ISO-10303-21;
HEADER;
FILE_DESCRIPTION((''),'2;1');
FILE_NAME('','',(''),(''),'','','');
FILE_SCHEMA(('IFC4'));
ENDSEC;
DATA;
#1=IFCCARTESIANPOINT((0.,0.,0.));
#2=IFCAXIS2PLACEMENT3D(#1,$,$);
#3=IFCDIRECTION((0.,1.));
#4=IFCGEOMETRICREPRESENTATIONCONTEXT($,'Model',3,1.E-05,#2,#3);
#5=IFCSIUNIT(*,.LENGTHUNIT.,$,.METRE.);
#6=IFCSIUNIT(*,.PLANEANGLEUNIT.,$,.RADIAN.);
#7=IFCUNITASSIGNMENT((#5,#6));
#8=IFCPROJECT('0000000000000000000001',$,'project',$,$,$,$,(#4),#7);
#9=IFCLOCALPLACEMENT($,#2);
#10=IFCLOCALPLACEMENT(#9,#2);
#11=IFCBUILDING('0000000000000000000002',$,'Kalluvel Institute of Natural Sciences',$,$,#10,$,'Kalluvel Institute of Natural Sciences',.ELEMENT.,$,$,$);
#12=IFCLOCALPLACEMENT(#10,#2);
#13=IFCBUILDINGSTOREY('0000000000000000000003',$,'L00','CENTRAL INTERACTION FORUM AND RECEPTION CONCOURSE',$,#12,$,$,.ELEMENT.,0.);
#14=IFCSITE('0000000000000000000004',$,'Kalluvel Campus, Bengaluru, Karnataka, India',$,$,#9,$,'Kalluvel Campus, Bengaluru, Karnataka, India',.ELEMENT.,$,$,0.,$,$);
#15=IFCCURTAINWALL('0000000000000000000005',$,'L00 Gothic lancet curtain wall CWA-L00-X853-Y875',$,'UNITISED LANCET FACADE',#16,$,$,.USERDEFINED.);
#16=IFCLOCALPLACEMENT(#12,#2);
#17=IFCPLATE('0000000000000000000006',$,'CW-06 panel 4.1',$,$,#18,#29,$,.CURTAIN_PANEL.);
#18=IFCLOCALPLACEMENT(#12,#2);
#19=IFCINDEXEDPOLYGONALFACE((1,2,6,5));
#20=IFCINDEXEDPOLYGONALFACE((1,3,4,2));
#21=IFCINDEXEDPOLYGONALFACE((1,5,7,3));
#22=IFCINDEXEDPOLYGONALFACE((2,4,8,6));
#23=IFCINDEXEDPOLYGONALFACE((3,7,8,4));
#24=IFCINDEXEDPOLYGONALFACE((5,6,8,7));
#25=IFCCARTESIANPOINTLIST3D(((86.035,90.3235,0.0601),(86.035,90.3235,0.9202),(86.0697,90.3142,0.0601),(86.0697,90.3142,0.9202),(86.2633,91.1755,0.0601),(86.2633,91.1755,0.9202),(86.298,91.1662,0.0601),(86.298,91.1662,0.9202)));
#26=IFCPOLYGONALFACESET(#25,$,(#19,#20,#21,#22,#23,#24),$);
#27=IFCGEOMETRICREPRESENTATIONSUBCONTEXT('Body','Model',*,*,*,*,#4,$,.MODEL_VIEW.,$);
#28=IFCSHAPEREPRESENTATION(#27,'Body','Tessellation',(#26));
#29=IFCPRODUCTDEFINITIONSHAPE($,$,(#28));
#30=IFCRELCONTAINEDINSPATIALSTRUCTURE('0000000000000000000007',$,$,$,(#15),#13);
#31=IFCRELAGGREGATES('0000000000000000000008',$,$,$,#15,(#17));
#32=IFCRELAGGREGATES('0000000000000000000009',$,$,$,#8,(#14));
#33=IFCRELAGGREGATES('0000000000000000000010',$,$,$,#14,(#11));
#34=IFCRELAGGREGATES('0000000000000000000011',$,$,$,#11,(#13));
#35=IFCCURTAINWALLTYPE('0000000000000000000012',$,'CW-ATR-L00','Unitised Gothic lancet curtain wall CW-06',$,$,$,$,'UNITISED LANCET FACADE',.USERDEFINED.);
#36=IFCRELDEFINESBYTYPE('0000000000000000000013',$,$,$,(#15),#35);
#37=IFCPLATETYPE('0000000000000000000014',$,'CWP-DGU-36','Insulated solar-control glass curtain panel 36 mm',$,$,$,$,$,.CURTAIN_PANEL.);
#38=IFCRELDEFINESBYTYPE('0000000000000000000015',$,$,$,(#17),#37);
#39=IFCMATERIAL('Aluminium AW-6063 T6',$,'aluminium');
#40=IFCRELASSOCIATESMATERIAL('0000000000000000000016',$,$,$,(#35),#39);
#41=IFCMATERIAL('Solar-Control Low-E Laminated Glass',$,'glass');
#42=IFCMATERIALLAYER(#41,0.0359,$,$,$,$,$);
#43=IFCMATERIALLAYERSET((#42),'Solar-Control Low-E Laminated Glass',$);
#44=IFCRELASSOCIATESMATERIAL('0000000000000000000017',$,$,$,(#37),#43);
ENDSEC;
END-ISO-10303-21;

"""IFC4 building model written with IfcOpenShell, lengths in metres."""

from ifc_helpers import new_model, si_unit, direction, frame, origin, origin_2d, place, context, subcontext, project, spatial, rectangle, extrude, material, layer, layer_set, type_object, element, aggregate, save


model = new_model("IFC4")

# Units and contexts
model_context = context("Model", 3, precision=1e-05, world=origin(), true_north=direction((0.0, 1.0)))
body_context = subcontext(model_context, "Body", "Model", "MODEL_VIEW")
ifc_project = project(units=[si_unit("LENGTHUNIT", "METRE"), si_unit("PLANEANGLEUNIT", "RADIAN")], contexts=[model_context])

# Site, building, storey
site_placement = place(None, origin())
site = spatial("IfcSite", under=ifc_project, at=site_placement, Name="Kalluvel Campus, Bengaluru, Karnataka, India", LongName="Kalluvel Campus, Bengaluru, Karnataka, India", CompositionType="ELEMENT", RefElevation=0.0)
building_placement = place(site_placement, origin())
building = spatial("IfcBuilding", under=site, at=building_placement, Name="Kalluvel Institute of Natural Sciences", LongName="Kalluvel Institute of Natural Sciences", CompositionType="ELEMENT")
storey_placement = place(building_placement, origin())
storey = spatial("IfcBuildingStorey", under=building, at=storey_placement, Name="L00", Description="CENTRAL INTERACTION FORUM AND RECEPTION CONCOURSE", CompositionType="ELEMENT", Elevation=0.0)

# Curtain wall
ifc_material_1 = material(Name="Aluminium AW-6063 T6", Category="aluminium")
curtain_wall_type = type_object("IfcCurtainWallType", Name="CW-ATR-L00", Description="Unitised Gothic lancet curtain wall CW-06", ElementType="UNITISED LANCET FACADE", PredefinedType="USERDEFINED", material=ifc_material_1)
curtain_wall_1_placement = place(storey_placement, origin())
curtain_wall_1 = element("IfcCurtainWall", 1, at=curtain_wall_1_placement, inside=storey, type_object=curtain_wall_type, Name="L00 Gothic lancet curtain wall CWA-L00-X853-Y875", ObjectType="UNITISED LANCET FACADE", PredefinedType="USERDEFINED")

# Plate
ifc_material_2 = material(Name="Solar-Control Low-E Laminated Glass", Category="glass")
ifc_layer = layer(ifc_material_2, 0.0359)
ifc_layer_set = layer_set([ifc_layer], Name="Solar-Control Low-E Laminated Glass")
plate_type = type_object("IfcPlateType", Name="CWP-DGU-36", Description="Insulated solar-control glass curtain panel 36 mm", PredefinedType="CURTAIN_PANEL", material=ifc_layer_set)
plate_1_placement = place(storey_placement, frame((86.1665, 90.7449, 0.0601), z_axis=(0.0, 0.0, 1.0), x_axis=(0.258826, 0.965924, 0.0)))
plate_1 = element("IfcPlate", 2, at=plate_1_placement, type_object=plate_type, Name="CW-06 panel 4.1", PredefinedType="CURTAIN_PANEL", context=body_context, shape_type="SweptSolid", body=[
    extrude(rectangle(XDim=0.8821, YDim=0.0359, at=origin_2d()), origin(), (0.0, 0.0, 1.0), 0.8601),
])
aggregate(curtain_wall_1, [plate_1])

save(model, "model.ifc")
